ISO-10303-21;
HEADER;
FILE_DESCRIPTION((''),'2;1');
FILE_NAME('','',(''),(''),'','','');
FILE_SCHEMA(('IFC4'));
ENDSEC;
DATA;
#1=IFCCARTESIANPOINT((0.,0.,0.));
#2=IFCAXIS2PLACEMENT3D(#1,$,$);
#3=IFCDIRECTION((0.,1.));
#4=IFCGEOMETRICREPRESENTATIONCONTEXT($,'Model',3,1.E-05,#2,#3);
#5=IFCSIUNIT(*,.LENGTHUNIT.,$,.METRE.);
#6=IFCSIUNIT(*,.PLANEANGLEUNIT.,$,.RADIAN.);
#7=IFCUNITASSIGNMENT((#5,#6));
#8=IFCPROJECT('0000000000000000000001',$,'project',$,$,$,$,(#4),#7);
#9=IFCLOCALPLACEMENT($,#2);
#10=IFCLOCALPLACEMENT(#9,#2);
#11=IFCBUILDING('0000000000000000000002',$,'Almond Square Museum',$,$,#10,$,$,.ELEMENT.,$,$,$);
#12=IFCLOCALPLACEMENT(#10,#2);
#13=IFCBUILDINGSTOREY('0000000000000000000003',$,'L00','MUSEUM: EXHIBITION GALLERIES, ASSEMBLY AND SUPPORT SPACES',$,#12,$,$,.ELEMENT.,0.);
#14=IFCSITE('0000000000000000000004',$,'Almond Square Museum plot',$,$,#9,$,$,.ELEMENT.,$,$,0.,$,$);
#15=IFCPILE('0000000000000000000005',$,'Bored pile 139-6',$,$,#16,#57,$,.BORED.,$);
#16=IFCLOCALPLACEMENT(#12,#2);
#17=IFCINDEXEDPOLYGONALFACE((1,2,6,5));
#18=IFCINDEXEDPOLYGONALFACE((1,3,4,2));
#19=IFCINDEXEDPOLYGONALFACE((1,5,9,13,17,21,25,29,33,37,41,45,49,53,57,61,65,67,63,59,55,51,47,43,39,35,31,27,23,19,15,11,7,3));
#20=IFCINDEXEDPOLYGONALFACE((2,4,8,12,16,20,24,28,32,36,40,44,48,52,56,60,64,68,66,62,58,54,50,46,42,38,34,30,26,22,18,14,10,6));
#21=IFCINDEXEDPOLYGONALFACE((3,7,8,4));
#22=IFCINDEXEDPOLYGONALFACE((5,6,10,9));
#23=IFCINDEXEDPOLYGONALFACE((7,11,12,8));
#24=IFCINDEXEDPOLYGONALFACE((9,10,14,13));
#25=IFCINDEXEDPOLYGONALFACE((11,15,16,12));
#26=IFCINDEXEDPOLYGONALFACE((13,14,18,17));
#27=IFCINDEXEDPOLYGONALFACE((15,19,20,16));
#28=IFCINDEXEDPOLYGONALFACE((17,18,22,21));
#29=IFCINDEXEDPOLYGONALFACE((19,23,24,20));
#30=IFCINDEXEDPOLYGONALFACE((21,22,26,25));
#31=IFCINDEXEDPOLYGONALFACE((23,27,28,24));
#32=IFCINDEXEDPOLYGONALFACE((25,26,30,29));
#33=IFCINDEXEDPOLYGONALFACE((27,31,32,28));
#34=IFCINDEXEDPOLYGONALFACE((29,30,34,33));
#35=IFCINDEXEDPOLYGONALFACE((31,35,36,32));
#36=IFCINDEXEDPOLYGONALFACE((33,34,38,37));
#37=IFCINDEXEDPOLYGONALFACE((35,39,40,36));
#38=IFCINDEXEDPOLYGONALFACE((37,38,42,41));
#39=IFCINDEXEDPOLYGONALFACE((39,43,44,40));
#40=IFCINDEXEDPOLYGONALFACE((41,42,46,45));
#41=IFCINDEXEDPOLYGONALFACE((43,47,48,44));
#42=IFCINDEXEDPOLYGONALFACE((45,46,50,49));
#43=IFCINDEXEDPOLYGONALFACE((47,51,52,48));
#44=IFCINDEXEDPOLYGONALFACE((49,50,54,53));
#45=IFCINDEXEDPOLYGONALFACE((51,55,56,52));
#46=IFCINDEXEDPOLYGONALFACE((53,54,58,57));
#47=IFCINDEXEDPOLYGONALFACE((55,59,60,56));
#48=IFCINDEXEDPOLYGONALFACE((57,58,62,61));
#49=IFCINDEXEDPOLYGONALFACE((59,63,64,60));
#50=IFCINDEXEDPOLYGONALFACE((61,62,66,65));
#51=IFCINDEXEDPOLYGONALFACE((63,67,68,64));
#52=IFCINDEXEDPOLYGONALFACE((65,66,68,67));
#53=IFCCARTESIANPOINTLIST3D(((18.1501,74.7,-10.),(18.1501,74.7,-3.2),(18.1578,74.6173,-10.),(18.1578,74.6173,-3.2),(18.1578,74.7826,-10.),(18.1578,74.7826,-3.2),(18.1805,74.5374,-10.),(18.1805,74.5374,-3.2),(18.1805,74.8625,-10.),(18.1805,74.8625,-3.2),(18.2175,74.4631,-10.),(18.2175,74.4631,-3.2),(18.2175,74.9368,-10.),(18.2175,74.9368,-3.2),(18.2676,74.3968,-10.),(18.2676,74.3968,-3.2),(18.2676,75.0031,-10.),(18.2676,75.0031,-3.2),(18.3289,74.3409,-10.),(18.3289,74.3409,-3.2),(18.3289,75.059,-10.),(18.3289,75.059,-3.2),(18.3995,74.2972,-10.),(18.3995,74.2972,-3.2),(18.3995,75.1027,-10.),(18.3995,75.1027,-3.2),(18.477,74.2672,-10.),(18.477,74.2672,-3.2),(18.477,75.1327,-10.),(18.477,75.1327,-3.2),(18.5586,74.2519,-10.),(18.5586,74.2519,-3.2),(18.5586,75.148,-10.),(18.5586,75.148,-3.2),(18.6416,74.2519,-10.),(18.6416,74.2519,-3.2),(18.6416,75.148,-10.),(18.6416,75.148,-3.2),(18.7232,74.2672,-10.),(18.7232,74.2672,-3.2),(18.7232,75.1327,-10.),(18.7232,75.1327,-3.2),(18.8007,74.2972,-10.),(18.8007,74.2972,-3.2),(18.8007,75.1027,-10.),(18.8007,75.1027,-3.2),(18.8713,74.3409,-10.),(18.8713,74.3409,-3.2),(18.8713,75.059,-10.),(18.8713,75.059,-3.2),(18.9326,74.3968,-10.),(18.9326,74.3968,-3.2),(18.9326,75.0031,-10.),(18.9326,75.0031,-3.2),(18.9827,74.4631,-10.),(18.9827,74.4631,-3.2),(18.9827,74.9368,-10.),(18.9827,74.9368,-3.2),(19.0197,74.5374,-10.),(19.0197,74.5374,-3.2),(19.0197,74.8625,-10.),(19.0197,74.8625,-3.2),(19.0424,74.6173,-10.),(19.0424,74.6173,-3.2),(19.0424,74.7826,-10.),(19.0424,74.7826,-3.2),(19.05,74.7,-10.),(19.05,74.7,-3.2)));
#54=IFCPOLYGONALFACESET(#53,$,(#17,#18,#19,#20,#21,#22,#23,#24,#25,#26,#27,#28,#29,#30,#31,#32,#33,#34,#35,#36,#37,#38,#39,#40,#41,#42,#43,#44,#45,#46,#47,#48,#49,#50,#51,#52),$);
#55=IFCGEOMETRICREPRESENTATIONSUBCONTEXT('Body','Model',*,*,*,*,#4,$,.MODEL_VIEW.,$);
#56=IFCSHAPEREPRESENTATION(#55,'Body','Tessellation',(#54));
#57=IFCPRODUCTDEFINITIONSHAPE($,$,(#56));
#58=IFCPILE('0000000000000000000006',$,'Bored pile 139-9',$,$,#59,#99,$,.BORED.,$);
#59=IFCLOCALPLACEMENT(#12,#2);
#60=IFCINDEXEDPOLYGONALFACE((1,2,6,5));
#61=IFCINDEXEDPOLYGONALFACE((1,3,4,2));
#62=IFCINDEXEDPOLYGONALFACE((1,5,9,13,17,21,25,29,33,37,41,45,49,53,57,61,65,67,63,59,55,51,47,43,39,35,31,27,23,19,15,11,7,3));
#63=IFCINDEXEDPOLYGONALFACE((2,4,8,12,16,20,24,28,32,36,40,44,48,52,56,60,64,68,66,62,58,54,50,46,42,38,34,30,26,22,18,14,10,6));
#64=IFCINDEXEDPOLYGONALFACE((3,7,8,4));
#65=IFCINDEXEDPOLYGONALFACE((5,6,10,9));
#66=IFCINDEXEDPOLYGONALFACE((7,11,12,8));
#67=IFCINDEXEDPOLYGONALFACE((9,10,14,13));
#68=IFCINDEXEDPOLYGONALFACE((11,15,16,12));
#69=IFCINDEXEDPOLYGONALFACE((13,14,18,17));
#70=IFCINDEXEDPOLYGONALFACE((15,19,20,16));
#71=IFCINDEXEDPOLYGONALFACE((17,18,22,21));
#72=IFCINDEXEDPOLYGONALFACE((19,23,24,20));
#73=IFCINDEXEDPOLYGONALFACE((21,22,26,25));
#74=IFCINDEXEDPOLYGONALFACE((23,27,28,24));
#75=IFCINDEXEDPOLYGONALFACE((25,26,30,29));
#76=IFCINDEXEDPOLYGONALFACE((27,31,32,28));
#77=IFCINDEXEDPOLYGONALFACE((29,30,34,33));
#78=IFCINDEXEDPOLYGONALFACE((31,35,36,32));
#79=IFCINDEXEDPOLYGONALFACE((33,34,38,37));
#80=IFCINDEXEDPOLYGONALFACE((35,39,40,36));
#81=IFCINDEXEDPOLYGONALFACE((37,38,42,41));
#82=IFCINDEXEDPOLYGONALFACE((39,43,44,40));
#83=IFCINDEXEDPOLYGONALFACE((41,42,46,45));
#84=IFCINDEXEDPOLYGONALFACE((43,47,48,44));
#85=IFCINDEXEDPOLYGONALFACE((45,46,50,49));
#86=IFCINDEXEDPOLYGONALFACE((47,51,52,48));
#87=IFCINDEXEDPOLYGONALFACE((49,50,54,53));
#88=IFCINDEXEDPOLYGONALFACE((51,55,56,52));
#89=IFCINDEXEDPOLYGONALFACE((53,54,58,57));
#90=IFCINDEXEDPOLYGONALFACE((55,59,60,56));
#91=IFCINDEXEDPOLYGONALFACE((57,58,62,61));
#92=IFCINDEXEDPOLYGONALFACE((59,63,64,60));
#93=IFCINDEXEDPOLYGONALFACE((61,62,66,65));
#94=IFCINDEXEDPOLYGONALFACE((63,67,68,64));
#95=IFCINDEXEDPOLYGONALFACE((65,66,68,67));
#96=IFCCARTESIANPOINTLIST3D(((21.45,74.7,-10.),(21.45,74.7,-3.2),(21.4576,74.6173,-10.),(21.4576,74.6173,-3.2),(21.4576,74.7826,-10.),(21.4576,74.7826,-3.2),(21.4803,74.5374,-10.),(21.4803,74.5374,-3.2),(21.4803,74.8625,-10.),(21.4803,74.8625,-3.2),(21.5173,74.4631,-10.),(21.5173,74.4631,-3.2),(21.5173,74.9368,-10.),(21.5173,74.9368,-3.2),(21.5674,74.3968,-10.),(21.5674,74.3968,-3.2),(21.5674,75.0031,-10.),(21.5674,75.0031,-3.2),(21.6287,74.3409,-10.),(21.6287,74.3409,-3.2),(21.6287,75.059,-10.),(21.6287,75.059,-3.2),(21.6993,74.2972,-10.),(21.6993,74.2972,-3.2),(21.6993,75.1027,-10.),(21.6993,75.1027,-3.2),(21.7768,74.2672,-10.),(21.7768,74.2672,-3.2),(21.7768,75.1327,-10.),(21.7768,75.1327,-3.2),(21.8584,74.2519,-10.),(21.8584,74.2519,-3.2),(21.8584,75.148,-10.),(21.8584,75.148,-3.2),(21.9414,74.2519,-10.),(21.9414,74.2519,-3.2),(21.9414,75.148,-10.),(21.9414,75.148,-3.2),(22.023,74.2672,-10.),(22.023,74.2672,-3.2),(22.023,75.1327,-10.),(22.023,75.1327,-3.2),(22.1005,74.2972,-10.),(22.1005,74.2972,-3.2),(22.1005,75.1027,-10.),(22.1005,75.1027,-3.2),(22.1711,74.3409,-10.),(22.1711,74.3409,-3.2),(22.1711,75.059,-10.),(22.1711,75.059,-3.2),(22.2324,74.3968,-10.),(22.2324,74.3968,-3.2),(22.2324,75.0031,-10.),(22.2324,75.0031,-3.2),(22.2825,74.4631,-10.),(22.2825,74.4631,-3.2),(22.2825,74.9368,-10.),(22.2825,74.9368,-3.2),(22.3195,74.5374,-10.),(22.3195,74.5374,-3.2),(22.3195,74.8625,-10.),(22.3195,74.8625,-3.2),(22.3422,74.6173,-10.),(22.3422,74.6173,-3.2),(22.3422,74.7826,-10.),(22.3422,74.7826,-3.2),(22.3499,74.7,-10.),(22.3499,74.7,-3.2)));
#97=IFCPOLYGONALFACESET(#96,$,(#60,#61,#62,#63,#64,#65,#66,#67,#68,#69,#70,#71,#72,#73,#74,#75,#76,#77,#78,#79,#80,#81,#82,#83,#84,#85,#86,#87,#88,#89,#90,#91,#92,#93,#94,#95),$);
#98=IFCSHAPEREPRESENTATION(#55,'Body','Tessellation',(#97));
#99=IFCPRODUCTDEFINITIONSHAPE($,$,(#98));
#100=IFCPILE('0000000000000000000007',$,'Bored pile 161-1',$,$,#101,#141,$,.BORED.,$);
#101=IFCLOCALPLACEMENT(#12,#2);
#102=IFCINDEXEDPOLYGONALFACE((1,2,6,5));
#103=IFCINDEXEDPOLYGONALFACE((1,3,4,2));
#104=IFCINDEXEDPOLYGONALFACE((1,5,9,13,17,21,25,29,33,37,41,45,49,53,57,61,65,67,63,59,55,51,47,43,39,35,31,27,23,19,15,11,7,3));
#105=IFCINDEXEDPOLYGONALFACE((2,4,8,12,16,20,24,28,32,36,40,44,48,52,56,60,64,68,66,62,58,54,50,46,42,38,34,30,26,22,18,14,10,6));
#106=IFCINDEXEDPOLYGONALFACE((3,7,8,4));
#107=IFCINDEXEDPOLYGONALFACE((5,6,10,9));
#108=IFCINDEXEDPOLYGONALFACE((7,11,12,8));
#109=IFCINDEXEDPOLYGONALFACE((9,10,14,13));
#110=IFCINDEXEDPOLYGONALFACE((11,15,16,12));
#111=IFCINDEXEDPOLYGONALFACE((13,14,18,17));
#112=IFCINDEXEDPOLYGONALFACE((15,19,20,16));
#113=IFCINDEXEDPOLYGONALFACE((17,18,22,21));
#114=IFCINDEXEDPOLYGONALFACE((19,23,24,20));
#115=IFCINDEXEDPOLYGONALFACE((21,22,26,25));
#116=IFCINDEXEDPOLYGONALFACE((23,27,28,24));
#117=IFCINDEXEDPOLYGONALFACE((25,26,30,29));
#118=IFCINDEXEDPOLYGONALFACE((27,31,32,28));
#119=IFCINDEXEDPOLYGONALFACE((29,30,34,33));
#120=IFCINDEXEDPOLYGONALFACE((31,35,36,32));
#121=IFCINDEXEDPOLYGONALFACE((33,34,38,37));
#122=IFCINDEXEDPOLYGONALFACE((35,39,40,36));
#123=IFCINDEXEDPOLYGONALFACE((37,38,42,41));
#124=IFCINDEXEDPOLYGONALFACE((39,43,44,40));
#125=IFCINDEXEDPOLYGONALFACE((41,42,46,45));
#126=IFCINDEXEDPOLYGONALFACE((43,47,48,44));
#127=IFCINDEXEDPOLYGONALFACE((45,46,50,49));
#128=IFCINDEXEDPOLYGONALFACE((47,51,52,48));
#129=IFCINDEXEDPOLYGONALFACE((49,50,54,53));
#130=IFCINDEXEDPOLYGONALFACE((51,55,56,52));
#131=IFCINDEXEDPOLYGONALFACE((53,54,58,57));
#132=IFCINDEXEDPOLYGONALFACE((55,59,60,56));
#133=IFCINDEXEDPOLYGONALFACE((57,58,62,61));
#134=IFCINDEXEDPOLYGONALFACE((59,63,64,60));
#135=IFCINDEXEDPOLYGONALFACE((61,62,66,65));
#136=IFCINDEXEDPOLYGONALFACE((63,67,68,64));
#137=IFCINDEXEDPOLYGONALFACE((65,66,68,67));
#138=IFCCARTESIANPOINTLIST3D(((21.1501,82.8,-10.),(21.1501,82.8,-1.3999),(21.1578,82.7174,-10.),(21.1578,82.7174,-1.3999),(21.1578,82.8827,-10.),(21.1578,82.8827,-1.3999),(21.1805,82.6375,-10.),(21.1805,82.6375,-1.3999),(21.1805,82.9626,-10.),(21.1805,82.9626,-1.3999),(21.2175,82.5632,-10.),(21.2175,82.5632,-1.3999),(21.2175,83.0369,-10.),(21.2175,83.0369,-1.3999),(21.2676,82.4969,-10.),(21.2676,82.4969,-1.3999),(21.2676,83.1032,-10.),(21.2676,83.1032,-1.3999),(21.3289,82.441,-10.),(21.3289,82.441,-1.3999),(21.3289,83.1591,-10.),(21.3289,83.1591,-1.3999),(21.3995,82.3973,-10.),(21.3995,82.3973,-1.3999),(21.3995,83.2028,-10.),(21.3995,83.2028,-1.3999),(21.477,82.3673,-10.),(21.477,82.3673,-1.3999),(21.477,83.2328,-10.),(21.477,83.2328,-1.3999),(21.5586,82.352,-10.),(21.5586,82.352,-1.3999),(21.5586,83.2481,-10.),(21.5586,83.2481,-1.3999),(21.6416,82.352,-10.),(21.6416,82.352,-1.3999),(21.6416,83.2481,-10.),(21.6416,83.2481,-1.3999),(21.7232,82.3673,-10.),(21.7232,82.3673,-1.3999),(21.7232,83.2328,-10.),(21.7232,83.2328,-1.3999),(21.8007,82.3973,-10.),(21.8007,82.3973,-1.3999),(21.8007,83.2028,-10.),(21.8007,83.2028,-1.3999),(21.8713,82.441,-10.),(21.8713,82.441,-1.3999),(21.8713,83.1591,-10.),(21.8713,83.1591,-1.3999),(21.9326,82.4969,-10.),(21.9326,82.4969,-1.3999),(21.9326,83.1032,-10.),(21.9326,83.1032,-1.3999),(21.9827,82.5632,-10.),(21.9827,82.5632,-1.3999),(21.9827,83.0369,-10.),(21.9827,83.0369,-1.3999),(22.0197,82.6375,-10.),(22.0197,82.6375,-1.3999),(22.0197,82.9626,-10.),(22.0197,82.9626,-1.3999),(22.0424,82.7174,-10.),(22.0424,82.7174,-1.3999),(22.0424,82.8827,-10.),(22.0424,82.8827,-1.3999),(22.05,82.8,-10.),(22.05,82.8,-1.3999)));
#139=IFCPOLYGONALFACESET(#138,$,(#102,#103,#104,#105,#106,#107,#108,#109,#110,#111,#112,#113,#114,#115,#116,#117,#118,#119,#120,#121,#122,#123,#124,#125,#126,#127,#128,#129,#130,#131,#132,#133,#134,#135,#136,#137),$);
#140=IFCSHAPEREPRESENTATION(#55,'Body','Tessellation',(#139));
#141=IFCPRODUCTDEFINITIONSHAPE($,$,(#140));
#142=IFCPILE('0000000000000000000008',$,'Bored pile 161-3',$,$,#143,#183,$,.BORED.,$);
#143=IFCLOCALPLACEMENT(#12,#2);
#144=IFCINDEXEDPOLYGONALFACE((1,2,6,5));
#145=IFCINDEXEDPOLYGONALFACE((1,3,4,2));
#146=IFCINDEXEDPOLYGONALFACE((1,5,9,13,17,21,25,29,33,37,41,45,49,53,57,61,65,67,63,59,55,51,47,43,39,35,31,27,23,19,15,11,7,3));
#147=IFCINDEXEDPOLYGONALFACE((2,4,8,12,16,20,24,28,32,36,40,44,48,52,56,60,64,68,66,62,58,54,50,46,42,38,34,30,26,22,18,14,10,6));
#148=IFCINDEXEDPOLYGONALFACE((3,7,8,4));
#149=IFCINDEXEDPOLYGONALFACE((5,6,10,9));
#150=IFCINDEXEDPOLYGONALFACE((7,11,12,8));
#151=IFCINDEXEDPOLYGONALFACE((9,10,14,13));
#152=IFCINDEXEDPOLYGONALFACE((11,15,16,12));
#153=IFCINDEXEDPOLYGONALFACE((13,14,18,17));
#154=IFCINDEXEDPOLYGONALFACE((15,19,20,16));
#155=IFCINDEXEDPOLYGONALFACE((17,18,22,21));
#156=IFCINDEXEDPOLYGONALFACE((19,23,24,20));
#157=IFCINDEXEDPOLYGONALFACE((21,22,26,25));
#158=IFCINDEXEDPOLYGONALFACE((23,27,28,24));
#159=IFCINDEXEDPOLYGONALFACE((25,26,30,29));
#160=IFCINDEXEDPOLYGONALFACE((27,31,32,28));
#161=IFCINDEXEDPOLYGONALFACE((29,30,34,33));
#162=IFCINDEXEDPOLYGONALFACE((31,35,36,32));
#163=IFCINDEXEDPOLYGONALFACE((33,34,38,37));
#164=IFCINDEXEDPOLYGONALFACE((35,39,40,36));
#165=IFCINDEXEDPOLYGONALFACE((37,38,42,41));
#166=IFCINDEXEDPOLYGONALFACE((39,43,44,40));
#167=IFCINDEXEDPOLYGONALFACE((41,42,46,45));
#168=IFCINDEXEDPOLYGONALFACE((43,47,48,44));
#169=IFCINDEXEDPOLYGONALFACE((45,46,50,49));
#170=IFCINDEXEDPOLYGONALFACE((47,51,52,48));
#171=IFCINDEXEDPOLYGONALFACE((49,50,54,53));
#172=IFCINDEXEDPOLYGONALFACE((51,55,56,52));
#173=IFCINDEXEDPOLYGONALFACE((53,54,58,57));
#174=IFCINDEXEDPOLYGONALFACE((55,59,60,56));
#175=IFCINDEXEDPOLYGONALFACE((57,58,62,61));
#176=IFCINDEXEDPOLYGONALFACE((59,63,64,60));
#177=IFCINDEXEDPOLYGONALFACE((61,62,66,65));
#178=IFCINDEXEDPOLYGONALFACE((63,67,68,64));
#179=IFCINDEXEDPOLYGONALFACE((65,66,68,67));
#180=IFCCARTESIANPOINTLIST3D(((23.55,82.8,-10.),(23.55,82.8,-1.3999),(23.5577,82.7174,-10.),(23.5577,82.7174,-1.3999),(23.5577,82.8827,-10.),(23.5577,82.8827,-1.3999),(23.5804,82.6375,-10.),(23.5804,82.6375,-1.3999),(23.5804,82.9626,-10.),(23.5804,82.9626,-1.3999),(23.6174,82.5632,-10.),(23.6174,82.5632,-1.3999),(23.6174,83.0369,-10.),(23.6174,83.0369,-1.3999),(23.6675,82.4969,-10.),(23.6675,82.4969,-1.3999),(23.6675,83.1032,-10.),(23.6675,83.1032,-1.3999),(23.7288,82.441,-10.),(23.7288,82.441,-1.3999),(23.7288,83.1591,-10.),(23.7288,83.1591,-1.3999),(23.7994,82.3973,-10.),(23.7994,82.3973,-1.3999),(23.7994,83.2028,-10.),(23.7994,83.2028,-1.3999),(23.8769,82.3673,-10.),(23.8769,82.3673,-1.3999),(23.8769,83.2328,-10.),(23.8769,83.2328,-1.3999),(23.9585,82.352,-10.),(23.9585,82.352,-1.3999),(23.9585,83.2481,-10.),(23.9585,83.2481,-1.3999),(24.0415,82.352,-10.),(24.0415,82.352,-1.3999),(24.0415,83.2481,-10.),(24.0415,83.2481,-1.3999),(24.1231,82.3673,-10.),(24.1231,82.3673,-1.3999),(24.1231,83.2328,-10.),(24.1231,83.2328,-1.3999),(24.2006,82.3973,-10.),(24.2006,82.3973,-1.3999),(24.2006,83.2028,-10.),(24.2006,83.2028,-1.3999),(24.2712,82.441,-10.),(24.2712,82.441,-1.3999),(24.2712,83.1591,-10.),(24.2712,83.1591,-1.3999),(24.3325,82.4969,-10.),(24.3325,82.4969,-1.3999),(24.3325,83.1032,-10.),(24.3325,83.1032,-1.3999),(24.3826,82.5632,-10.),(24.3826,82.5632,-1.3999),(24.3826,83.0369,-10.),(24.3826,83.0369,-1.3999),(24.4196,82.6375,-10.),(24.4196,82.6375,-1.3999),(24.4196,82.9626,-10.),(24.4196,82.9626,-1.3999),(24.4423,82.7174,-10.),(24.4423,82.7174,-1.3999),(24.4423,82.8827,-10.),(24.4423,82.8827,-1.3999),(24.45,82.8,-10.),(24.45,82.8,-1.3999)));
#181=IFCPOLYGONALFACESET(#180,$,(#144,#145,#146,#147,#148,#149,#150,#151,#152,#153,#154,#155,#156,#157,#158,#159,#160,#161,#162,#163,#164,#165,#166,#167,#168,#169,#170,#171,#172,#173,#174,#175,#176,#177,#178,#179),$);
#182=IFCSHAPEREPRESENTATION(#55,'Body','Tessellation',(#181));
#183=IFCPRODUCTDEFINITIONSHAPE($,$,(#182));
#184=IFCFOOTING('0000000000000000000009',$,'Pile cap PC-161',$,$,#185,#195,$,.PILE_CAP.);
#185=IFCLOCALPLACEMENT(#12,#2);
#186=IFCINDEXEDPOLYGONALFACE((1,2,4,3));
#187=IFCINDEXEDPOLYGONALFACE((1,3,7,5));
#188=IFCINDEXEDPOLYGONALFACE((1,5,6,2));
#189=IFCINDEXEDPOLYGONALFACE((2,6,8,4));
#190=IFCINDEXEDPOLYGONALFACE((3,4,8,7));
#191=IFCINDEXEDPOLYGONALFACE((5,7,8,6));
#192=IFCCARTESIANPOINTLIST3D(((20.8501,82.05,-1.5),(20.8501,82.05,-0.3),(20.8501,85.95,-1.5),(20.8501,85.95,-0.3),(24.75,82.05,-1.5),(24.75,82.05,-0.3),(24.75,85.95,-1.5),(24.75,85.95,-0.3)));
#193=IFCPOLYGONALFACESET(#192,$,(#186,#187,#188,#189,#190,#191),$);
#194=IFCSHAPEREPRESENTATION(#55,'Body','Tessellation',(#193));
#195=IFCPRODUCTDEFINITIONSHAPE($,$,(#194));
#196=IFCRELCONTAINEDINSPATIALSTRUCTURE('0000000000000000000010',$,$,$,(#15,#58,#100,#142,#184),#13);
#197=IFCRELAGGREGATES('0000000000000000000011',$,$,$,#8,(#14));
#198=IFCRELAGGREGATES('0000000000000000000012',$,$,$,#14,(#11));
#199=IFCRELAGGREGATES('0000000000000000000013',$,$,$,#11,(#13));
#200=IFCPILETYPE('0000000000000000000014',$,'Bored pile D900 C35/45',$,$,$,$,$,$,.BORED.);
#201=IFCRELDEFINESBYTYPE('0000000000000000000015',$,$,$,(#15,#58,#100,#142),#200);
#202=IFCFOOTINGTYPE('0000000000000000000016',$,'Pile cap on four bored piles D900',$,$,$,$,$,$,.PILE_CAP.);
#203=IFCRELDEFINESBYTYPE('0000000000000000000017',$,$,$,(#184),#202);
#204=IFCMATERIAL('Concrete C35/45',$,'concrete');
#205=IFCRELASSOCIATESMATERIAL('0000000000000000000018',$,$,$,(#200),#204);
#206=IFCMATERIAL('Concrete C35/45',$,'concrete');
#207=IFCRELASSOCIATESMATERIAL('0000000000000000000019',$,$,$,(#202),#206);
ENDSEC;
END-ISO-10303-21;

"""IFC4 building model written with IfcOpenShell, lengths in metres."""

from ifc_helpers import new_model, si_unit, direction, frame, origin, origin_2d, place, context, subcontext, project, spatial, rectangle, circle, extrude, material, material_profile, profile_set, type_object, element, save


model = new_model("IFC4")

# Units and contexts
model_context = context("Model", 3, precision=1e-05, world=origin(), true_north=direction((0.0, 1.0)))
body_context = subcontext(model_context, "Body", "Model", "MODEL_VIEW")
ifc_project = project(units=[si_unit("LENGTHUNIT", "METRE"), si_unit("PLANEANGLEUNIT", "RADIAN")], contexts=[model_context])

# Site, building, storey
site_placement = place(None, origin())
site = spatial("IfcSite", under=ifc_project, at=site_placement, Name="Almond Square Museum plot", CompositionType="ELEMENT", RefElevation=0.0)
building_placement = place(site_placement, origin())
building = spatial("IfcBuilding", under=site, at=building_placement, Name="Almond Square Museum", CompositionType="ELEMENT")
storey_placement = place(building_placement, origin())
storey = spatial("IfcBuildingStorey", under=building, at=storey_placement, Name="L00", Description="MUSEUM: EXHIBITION GALLERIES, ASSEMBLY AND SUPPORT SPACES", CompositionType="ELEMENT", Elevation=0.0)

# Piles
ifc_material_1 = material(Name="Concrete C35/45", Category="concrete")
ifc_material_profile_1 = material_profile(ifc_material_1, circle(Radius=0.45, at=origin_2d()))
ifc_profile_set_1 = profile_set([ifc_material_profile_1], Name="Concrete C35/45")
pile_type = type_object("IfcPileType", Name="Bored pile D900 C35/45", PredefinedType="BORED", material=ifc_profile_set_1)
for number, where, z_axis, x_axis, name in (
    (1, (18.6001, 74.7, -3.2), (0.0, 0.0, -1.0), (1.0, 0.0, 0.0), "Bored pile 139-6"),
    (2, (21.8999, 74.7, -3.2), (0.0, 0.0, -1.0), (1.0, 0.0, 0.0), "Bored pile 139-9"),
):
    element("IfcPile", number, at=place(storey_placement, frame(where, z_axis=z_axis, x_axis=x_axis)), inside=storey, type_object=pile_type, Name=name, PredefinedType="BORED", context=body_context, shape_type="SweptSolid", body=[
        extrude(circle(Radius=0.45, at=origin_2d()), origin(), (0.0, 0.0, 1.0), 6.8),
    ])
for number, where, z_axis, x_axis, name in (
    (3, (21.6001, 82.8, -1.3999), (0.0, 0.0, -1.0), (1.0, 0.0, 0.0), "Bored pile 161-1"),
    (4, (24.0, 82.8, -1.3999), (0.0, 0.0, -1.0), (1.0, 0.0, 0.0), "Bored pile 161-3"),
):
    element("IfcPile", number, at=place(storey_placement, frame(where, z_axis=z_axis, x_axis=x_axis)), inside=storey, type_object=pile_type, Name=name, PredefinedType="BORED", context=body_context, shape_type="SweptSolid", body=[
        extrude(circle(Radius=0.45, at=origin_2d()), origin(), (0.0, 0.0, 1.0), 8.6001),
    ])

# Footing
ifc_material_2 = material(Name="Concrete C35/45", Category="concrete")
footing_type = type_object("IfcFootingType", Name="Pile cap on four bored piles D900", PredefinedType="PILE_CAP", material=ifc_material_2)
footing_placement = place(storey_placement, frame((22.8, 84.0, -1.5), z_axis=(0.0, 0.0, 1.0), x_axis=(1.0, 0.0, 0.0)))
element("IfcFooting", 5, at=footing_placement, inside=storey, type_object=footing_type, Name="Pile cap PC-161", PredefinedType="PILE_CAP", context=body_context, shape_type="SweptSolid", body=[
    extrude(rectangle(XDim=3.8999, YDim=3.8999, at=origin_2d()), origin(), (0.0, 0.0, 1.0), 1.2),
])

save(model, "model.ifc")
